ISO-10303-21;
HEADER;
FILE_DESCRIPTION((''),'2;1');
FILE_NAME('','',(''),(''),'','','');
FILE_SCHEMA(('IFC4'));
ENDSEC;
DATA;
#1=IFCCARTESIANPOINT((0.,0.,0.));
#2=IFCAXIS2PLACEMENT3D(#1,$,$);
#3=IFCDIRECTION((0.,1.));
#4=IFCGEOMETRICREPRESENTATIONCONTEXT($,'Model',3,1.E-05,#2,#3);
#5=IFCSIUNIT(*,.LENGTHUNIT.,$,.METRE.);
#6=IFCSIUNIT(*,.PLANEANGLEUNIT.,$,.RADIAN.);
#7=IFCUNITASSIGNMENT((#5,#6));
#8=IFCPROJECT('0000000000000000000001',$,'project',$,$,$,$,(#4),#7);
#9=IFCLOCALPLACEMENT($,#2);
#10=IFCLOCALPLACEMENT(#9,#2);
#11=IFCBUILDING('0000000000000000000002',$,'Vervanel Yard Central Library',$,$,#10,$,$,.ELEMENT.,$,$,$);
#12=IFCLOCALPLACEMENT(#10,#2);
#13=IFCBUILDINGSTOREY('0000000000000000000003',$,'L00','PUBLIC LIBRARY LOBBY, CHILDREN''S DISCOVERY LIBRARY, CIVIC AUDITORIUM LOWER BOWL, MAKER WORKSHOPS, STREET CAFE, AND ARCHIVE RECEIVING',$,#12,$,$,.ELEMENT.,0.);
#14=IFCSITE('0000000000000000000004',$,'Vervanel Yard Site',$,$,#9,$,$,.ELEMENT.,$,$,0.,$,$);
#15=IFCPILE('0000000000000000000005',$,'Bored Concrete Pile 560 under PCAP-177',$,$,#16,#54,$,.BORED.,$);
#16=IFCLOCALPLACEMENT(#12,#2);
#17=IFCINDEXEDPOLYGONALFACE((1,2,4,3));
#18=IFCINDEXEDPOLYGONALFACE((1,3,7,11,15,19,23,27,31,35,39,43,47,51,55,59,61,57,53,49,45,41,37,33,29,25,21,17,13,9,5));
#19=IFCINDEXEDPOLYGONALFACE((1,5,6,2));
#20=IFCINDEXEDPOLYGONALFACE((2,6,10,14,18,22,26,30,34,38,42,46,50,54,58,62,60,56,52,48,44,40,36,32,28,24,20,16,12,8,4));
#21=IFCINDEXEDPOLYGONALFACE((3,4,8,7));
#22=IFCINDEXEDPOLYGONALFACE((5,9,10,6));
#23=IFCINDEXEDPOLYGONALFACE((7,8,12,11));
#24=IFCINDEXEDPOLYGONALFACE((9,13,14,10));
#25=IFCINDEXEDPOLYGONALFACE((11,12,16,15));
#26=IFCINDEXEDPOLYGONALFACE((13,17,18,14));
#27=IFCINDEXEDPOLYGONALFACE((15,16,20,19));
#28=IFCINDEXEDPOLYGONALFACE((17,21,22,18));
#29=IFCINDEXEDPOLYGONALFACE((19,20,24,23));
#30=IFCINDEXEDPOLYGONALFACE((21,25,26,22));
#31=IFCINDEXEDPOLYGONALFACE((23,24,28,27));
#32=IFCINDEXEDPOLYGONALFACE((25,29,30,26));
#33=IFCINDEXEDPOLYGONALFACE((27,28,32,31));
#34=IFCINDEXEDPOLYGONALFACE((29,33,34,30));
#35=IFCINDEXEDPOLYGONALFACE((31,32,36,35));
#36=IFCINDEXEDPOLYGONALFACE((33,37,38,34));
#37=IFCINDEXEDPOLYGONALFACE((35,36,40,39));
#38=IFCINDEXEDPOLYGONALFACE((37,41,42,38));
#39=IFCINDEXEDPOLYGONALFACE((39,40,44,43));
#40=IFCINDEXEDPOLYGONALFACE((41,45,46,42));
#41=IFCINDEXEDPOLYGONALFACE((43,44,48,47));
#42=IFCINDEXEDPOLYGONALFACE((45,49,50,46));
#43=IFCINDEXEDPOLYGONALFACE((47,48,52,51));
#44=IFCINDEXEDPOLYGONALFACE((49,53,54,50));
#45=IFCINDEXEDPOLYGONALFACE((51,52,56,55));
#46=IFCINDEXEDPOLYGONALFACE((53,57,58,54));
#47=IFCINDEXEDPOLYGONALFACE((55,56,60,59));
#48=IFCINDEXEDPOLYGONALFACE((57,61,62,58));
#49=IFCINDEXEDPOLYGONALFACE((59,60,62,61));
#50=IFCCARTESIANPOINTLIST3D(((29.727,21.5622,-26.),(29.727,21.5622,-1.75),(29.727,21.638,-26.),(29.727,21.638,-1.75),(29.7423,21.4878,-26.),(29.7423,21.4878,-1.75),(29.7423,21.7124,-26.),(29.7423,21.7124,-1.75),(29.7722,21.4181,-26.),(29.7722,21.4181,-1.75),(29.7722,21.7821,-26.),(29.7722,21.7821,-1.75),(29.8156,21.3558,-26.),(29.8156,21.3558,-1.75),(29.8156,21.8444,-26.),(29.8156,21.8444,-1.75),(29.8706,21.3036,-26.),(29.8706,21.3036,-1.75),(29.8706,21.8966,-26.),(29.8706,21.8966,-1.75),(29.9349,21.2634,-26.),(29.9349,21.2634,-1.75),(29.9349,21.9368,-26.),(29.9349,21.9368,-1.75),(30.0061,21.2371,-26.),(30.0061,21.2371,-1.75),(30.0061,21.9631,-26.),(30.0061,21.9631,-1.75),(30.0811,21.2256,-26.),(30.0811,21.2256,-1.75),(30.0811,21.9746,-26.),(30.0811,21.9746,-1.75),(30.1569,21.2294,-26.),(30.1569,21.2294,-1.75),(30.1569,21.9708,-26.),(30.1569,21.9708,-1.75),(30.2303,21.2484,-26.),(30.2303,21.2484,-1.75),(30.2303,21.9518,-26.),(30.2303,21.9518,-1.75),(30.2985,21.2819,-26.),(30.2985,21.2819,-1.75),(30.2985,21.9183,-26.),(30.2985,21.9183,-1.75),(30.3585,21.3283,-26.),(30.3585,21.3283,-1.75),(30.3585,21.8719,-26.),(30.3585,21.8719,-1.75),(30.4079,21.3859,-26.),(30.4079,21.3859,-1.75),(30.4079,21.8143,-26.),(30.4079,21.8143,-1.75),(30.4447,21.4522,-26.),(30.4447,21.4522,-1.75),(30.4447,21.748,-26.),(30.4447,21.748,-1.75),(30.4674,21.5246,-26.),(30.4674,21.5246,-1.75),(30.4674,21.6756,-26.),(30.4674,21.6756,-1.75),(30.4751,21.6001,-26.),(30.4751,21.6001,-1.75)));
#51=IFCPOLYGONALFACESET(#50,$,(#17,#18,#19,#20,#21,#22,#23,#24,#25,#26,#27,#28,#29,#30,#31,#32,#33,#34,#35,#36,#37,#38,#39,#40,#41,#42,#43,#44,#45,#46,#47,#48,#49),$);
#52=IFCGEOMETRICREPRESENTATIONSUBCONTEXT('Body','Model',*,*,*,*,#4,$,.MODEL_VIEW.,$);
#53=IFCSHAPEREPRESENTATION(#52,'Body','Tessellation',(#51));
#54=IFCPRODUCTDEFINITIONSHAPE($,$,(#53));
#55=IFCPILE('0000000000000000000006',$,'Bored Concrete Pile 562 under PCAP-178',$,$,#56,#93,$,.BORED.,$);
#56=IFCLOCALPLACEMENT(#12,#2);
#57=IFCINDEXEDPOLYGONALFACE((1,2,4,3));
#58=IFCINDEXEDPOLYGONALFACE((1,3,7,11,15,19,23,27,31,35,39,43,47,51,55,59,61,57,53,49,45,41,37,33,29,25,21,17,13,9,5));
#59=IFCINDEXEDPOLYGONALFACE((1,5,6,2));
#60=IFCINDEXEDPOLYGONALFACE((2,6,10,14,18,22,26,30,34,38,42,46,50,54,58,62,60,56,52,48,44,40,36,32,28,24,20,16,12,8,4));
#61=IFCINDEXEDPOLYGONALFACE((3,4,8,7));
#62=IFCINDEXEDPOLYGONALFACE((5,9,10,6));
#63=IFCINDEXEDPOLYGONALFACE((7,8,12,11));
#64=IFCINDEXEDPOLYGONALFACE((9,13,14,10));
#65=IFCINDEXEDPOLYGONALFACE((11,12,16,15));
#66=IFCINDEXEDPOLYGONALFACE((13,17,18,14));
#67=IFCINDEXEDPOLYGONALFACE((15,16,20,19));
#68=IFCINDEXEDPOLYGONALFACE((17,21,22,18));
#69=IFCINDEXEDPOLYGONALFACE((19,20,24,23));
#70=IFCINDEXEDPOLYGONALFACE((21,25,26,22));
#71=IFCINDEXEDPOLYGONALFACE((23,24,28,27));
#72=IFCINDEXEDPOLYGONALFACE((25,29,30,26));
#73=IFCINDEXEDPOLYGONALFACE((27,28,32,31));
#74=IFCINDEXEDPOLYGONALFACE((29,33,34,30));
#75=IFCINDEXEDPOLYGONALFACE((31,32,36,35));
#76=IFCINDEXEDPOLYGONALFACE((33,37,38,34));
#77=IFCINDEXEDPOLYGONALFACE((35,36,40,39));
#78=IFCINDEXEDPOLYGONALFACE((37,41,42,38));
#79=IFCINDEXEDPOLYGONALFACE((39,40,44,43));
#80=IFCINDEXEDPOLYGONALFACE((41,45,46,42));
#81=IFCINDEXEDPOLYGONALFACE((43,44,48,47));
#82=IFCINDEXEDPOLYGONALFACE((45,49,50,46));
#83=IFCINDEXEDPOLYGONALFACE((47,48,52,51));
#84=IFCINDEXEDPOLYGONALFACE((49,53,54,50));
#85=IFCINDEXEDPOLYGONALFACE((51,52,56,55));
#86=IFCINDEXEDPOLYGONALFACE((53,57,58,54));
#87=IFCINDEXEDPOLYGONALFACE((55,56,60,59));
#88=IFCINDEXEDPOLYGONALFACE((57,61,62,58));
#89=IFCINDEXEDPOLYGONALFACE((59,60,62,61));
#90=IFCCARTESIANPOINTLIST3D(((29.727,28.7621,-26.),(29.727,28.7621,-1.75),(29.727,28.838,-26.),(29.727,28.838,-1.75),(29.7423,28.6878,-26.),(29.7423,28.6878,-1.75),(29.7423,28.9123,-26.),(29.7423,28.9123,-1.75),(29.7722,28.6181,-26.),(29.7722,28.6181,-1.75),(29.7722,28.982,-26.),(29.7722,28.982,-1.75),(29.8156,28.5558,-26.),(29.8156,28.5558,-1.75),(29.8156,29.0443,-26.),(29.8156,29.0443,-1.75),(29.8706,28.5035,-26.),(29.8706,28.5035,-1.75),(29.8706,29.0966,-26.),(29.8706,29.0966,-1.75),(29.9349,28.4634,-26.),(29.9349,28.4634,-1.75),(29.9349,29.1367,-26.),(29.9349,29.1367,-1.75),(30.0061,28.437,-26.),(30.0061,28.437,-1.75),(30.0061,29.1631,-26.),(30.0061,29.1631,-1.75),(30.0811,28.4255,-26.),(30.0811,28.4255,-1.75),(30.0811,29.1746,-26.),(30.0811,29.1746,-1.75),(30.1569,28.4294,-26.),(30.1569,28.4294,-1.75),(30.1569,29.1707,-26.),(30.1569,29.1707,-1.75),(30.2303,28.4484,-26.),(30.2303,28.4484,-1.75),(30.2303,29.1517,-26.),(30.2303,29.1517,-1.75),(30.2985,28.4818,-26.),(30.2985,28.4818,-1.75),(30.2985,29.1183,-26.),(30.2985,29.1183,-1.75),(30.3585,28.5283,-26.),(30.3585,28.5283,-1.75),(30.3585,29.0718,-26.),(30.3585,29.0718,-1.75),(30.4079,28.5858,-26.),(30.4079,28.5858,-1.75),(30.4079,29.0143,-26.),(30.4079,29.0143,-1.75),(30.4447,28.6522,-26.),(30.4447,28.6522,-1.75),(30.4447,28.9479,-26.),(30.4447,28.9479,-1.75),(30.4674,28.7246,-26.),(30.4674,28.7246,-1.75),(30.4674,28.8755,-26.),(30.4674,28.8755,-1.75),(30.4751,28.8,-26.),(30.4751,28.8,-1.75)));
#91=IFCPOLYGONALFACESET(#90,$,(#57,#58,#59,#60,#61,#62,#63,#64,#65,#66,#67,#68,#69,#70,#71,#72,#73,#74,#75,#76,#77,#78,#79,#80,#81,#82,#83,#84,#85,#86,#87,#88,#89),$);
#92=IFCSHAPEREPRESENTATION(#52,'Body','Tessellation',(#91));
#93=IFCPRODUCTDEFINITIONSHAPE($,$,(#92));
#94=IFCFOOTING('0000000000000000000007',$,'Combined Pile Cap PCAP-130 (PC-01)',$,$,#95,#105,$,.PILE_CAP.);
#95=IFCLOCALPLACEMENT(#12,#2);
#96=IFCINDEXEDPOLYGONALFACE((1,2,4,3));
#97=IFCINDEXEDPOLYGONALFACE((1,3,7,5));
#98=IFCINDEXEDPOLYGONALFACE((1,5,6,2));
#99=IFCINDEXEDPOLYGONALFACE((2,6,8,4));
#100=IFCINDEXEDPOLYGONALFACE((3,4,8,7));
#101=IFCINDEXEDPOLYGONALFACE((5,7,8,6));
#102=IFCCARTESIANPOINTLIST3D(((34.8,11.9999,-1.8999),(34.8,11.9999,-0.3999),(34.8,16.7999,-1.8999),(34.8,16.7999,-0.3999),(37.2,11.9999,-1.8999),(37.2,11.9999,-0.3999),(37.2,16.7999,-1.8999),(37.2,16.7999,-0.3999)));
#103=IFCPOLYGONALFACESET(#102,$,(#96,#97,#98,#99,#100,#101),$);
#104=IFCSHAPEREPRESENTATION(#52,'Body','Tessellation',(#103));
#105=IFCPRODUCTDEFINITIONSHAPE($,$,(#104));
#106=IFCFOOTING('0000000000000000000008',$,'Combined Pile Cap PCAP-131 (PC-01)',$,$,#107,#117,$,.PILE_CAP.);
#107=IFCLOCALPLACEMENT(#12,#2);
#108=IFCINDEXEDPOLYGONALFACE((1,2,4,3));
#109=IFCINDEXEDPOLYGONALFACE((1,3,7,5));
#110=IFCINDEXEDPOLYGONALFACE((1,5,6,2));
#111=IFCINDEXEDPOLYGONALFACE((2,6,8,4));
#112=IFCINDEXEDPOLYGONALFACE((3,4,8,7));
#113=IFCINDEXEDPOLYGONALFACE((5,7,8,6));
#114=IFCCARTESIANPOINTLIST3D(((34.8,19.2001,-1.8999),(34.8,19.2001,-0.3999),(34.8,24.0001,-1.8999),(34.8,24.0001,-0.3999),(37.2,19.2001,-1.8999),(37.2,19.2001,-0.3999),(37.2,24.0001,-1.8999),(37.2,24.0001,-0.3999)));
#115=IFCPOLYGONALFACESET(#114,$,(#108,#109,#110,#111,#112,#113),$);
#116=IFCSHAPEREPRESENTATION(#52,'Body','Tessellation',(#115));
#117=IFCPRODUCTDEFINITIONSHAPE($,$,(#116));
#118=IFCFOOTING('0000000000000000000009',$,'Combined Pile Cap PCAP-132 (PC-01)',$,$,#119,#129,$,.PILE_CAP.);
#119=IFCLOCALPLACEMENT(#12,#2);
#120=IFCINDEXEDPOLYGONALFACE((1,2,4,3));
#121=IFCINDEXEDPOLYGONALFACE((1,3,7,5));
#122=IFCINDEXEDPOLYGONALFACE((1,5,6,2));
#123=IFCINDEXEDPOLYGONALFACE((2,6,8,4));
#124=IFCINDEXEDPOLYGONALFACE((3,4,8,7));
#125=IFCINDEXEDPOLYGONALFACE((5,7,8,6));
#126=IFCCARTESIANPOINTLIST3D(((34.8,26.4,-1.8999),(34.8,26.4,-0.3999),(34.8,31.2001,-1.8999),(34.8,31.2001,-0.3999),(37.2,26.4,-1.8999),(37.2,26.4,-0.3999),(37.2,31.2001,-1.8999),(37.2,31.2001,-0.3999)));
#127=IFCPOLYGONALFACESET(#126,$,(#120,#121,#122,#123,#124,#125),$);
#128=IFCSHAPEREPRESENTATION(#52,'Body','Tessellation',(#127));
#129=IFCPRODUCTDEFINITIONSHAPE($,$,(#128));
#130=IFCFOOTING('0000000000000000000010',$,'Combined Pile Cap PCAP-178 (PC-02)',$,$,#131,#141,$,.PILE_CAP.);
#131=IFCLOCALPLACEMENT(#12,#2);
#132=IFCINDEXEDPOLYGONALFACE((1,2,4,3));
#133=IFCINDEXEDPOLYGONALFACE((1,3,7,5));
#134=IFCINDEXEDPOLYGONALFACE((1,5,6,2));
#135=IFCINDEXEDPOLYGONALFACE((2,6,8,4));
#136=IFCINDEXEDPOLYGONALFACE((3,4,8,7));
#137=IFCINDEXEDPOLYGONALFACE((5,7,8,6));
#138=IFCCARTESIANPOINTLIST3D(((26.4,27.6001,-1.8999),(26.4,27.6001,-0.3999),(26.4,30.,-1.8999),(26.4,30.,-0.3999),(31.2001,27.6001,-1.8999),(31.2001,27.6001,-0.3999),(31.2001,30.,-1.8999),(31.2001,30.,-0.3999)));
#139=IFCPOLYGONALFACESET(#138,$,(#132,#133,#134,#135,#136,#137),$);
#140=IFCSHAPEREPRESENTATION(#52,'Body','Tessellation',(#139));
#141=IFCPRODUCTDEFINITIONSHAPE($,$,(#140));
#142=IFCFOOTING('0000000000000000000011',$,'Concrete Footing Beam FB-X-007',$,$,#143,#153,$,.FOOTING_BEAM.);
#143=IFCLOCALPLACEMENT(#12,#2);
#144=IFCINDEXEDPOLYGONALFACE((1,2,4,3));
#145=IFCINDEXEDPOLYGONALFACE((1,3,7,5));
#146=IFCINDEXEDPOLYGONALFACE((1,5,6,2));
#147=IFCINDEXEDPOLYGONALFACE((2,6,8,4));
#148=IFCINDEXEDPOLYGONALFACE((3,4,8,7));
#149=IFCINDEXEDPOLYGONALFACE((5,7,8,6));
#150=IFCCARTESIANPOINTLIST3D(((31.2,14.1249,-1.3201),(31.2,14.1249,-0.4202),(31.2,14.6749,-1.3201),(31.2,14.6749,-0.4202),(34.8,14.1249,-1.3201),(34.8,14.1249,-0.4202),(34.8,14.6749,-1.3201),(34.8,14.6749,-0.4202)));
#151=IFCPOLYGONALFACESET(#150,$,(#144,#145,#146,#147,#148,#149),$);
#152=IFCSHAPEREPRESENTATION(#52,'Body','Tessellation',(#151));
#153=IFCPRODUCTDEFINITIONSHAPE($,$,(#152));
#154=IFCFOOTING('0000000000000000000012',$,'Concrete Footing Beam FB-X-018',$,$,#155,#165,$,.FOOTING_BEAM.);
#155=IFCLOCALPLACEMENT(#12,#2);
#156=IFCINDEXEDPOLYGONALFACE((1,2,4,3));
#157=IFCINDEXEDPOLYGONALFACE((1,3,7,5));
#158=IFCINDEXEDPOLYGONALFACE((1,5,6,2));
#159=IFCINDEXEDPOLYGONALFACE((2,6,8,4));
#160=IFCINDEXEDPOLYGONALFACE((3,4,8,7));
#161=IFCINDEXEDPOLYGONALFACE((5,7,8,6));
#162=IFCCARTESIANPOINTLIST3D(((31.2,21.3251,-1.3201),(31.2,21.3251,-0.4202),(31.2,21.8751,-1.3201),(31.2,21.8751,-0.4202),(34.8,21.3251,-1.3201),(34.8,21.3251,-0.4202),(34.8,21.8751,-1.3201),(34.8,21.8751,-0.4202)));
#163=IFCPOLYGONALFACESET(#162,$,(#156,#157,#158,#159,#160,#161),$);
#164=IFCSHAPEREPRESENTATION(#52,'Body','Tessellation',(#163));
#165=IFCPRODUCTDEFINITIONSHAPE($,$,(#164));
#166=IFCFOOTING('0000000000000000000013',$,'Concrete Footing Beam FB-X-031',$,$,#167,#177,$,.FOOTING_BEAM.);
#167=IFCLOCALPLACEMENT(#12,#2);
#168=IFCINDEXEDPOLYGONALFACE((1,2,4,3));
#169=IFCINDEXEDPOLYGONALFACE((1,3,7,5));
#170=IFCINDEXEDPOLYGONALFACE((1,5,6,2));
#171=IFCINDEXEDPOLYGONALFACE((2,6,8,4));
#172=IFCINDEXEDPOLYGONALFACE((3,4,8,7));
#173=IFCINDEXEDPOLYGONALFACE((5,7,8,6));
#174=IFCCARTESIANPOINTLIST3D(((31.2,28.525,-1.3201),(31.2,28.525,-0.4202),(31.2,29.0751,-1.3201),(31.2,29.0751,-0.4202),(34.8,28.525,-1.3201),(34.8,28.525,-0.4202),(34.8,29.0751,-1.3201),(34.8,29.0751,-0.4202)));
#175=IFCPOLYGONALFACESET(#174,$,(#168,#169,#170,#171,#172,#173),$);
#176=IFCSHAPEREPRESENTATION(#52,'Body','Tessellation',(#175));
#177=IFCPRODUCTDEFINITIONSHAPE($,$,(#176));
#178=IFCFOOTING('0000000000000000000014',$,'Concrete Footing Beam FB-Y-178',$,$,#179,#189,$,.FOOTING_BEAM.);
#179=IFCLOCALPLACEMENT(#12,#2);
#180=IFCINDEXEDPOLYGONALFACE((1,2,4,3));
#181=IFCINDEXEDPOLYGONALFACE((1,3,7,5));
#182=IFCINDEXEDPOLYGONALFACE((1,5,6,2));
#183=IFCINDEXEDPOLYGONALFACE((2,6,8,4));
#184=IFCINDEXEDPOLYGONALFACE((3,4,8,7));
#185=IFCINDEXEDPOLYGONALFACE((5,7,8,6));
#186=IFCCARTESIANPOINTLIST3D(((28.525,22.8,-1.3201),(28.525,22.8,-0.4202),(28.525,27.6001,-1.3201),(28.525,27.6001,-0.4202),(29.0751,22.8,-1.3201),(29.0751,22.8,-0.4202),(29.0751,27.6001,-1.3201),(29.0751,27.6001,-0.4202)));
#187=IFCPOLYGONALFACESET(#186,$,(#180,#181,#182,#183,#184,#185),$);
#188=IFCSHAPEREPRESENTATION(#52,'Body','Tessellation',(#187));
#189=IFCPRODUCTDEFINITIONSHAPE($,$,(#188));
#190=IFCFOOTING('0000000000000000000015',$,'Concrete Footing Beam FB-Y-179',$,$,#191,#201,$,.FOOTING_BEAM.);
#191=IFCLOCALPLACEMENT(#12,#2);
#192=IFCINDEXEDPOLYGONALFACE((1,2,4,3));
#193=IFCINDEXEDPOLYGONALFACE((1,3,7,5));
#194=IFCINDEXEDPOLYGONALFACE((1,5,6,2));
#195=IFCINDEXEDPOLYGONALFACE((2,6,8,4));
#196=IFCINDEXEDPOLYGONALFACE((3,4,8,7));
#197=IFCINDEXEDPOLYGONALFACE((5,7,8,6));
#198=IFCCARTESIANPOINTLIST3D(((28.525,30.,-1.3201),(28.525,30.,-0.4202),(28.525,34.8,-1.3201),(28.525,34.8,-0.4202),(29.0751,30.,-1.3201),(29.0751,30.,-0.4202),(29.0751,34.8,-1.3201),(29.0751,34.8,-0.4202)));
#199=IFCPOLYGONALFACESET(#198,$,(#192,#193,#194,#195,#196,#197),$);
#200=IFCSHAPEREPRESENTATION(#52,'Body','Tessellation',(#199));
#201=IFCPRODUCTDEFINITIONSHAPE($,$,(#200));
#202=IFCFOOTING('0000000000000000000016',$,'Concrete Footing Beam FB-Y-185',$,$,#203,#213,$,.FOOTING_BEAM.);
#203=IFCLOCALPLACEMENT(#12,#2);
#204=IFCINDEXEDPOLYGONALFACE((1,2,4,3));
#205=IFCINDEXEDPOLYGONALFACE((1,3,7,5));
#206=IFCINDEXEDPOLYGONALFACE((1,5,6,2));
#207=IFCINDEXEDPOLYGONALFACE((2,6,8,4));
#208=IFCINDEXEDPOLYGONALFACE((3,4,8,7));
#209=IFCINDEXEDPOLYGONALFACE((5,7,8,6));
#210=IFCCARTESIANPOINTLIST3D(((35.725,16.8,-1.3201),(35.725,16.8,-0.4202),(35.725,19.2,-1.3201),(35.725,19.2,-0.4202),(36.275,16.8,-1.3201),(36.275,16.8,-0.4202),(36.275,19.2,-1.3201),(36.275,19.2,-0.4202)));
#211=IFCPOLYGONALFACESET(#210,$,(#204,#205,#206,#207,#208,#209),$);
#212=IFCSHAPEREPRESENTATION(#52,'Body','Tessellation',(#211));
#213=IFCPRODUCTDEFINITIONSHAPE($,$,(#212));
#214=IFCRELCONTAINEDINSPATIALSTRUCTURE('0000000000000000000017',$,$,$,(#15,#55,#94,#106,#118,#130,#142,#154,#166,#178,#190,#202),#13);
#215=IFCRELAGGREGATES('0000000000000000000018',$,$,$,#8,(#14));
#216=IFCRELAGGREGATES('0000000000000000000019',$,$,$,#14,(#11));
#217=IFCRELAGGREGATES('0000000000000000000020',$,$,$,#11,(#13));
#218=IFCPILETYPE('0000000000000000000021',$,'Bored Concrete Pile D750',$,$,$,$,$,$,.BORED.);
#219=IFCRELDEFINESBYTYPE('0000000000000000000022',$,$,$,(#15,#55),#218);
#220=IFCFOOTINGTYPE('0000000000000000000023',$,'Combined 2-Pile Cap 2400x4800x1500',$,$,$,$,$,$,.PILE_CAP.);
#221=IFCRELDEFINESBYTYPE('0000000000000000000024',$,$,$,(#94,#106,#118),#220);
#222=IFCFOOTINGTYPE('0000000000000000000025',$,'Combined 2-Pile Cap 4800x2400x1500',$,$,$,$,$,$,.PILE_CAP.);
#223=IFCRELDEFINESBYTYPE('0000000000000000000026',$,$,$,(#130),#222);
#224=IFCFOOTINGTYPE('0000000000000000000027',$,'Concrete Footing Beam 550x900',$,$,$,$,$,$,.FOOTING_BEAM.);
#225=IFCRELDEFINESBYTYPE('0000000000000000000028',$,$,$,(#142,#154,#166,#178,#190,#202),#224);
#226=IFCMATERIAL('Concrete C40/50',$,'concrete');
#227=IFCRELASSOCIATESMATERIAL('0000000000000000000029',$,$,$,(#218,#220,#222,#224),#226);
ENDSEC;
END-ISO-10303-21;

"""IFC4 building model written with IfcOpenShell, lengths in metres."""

from ifc_helpers import new_model, si_unit, direction, frame, origin, origin_2d, place, context, subcontext, project, spatial, rectangle, circle, extrude, material, material_profile, profile_set, type_object, element, save


model = new_model("IFC4")

# Units and contexts
model_context = context("Model", 3, precision=1e-05, world=origin(), true_north=direction((0.0, 1.0)))
body_context = subcontext(model_context, "Body", "Model", "MODEL_VIEW")
ifc_project = project(units=[si_unit("LENGTHUNIT", "METRE"), si_unit("PLANEANGLEUNIT", "RADIAN")], contexts=[model_context])

# Site, building, storey
site_placement = place(None, origin())
site = spatial("IfcSite", under=ifc_project, at=site_placement, Name="Vervanel Yard Site", CompositionType="ELEMENT", RefElevation=0.0)
building_placement = place(site_placement, origin())
building = spatial("IfcBuilding", under=site, at=building_placement, Name="Vervanel Yard Central Library", CompositionType="ELEMENT")
storey_placement = place(building_placement, origin())
storey = spatial("IfcBuildingStorey", under=building, at=storey_placement, Name="L00", Description="PUBLIC LIBRARY LOBBY, CHILDREN'S DISCOVERY LIBRARY, CIVIC AUDITORIUM LOWER BOWL, MAKER WORKSHOPS, STREET CAFE, AND ARCHIVE RECEIVING", CompositionType="ELEMENT", Elevation=0.0)

# Piles
ifc_material_1 = material(Name="Concrete C40/50", Category="concrete")
ifc_material_profile_1 = material_profile(ifc_material_1, circle(Radius=0.375, at=origin_2d()), Name="BP D750", Category="concrete")
ifc_profile_set_1 = profile_set([ifc_material_profile_1], Name="Concrete C40/50")
pile_type = type_object("IfcPileType", Name="Bored Concrete Pile D750", PredefinedType="BORED", material=ifc_profile_set_1)
for number, where, z_axis, x_axis, name in (
    (1, (30.1001, 21.6001, -1.75), (0.0, 0.0, -1.0), (1.0, 0.0, 0.0), "Bored Concrete Pile 560 under PCAP-177"),
    (2, (30.1001, 28.8, -1.75), (0.0, 0.0, -1.0), (1.0, 0.0, 0.0), "Bored Concrete Pile 562 under PCAP-178"),
):
    element("IfcPile", number, at=place(storey_placement, frame(where, z_axis=z_axis, x_axis=x_axis)), inside=storey, type_object=pile_type, Name=name, PredefinedType="BORED", context=body_context, shape_type="SweptSolid", body=[
        extrude(circle(Radius=0.375, at=origin_2d()), origin(), (0.0, 0.0, 1.0), 24.25),
    ])

# Footings
footing_type_1 = type_object("IfcFootingType", Name="Combined 2-Pile Cap 2400x4800x1500", PredefinedType="PILE_CAP", material=ifc_material_1)
for number, where, z_axis, x_axis, name in (
    (3, (36.0, 14.3999, -1.8999), (0.0, 0.0, 1.0), (1.0, 0.0, 0.0), "Combined Pile Cap PCAP-130 (PC-01)"),
    (4, (36.0, 21.6001, -1.8999), (0.0, 0.0, 1.0), (1.0, 0.0, 0.0), "Combined Pile Cap PCAP-131 (PC-01)"),
    (5, (36.0, 28.8, -1.8999), (0.0, 0.0, 1.0), (1.0, 0.0, 0.0), "Combined Pile Cap PCAP-132 (PC-01)"),
):
    element("IfcFooting", number, at=place(storey_placement, frame(where, z_axis=z_axis, x_axis=x_axis)), inside=storey, type_object=footing_type_1, Name=name, PredefinedType="PILE_CAP", context=body_context, shape_type="SweptSolid", body=[
        extrude(rectangle(XDim=2.3999, YDim=4.8, at=origin_2d()), origin(), (0.0, 0.0, 1.0), 1.5),
    ])
footing_type_2 = type_object("IfcFootingType", Name="Combined 2-Pile Cap 4800x2400x1500", PredefinedType="PILE_CAP", material=ifc_material_1)
footing_placement = place(storey_placement, frame((28.8, 28.8, -1.8999), z_axis=(0.0, 0.0, 1.0), x_axis=(1.0, 0.0, 0.0)))
element("IfcFooting", 6, at=footing_placement, inside=storey, type_object=footing_type_2, Name="Combined Pile Cap PCAP-178 (PC-02)", PredefinedType="PILE_CAP", context=body_context, shape_type="SweptSolid", body=[
    extrude(rectangle(XDim=4.8, YDim=2.3999, at=origin_2d()), origin(), (0.0, 0.0, 1.0), 1.5),
])
ifc_material_profile_2 = material_profile(ifc_material_1, rectangle(XDim=0.55, YDim=0.8999, at=origin_2d()), Name="RC 550x900", Category="concrete")
ifc_profile_set_2 = profile_set([ifc_material_profile_2], Name="Concrete C40/50")
footing_type_3 = type_object("IfcFootingType", Name="Concrete Footing Beam 550x900", PredefinedType="FOOTING_BEAM", material=ifc_profile_set_2)
for number, where, z_axis, x_axis, name in (
    (7, (31.2, 14.3999, -0.8701), (1.0, 0.0, 0.0), (0.0, 1.0, 0.0), "Concrete Footing Beam FB-X-007"),
    (8, (31.2, 21.6001, -0.8701), (1.0, 0.0, 0.0), (0.0, 1.0, 0.0), "Concrete Footing Beam FB-X-018"),
    (9, (31.2, 28.8, -0.8701), (1.0, 0.0, 0.0), (0.0, 1.0, 0.0), "Concrete Footing Beam FB-X-031"),
):
    element("IfcFooting", number, at=place(storey_placement, frame(where, z_axis=z_axis, x_axis=x_axis)), inside=storey, type_object=footing_type_3, Name=name, PredefinedType="FOOTING_BEAM", context=body_context, shape_type="SweptSolid", body=[
        extrude(rectangle(XDim=0.55, YDim=0.8999, at=origin_2d()), origin(), (0.0, 0.0, 1.0), 3.6001),
    ])
for number, where, z_axis, x_axis, name in (
    (10, (28.8, 22.8, -0.8701), (0.0, 1.0, 0.0), (-1.0, 0.0, 0.0), "Concrete Footing Beam FB-Y-178"),
    (11, (28.8, 30.0, -0.8701), (0.0, 1.0, 0.0), (-1.0, 0.0, 0.0), "Concrete Footing Beam FB-Y-179"),
):
    element("IfcFooting", number, at=place(storey_placement, frame(where, z_axis=z_axis, x_axis=x_axis)), inside=storey, type_object=footing_type_3, Name=name, PredefinedType="FOOTING_BEAM", context=body_context, shape_type="SweptSolid", body=[
        extrude(rectangle(XDim=0.55, YDim=0.8999, at=origin_2d()), origin(), (0.0, 0.0, 1.0), 4.8),
    ])
for number, where, z_axis, x_axis, name in (
    (12, (36.0, 16.8, -0.8701), (0.0, 1.0, 0.0), (-1.0, 0.0, 0.0), "Concrete Footing Beam FB-Y-185"),
):
    element("IfcFooting", number, at=place(storey_placement, frame(where, z_axis=z_axis, x_axis=x_axis)), inside=storey, type_object=footing_type_3, Name=name, PredefinedType="FOOTING_BEAM", context=body_context, shape_type="SweptSolid", body=[
        extrude(rectangle(XDim=0.55, YDim=0.8999, at=origin_2d()), origin(), (0.0, 0.0, 1.0), 2.3999),
    ])

save(model, "model.ifc")
